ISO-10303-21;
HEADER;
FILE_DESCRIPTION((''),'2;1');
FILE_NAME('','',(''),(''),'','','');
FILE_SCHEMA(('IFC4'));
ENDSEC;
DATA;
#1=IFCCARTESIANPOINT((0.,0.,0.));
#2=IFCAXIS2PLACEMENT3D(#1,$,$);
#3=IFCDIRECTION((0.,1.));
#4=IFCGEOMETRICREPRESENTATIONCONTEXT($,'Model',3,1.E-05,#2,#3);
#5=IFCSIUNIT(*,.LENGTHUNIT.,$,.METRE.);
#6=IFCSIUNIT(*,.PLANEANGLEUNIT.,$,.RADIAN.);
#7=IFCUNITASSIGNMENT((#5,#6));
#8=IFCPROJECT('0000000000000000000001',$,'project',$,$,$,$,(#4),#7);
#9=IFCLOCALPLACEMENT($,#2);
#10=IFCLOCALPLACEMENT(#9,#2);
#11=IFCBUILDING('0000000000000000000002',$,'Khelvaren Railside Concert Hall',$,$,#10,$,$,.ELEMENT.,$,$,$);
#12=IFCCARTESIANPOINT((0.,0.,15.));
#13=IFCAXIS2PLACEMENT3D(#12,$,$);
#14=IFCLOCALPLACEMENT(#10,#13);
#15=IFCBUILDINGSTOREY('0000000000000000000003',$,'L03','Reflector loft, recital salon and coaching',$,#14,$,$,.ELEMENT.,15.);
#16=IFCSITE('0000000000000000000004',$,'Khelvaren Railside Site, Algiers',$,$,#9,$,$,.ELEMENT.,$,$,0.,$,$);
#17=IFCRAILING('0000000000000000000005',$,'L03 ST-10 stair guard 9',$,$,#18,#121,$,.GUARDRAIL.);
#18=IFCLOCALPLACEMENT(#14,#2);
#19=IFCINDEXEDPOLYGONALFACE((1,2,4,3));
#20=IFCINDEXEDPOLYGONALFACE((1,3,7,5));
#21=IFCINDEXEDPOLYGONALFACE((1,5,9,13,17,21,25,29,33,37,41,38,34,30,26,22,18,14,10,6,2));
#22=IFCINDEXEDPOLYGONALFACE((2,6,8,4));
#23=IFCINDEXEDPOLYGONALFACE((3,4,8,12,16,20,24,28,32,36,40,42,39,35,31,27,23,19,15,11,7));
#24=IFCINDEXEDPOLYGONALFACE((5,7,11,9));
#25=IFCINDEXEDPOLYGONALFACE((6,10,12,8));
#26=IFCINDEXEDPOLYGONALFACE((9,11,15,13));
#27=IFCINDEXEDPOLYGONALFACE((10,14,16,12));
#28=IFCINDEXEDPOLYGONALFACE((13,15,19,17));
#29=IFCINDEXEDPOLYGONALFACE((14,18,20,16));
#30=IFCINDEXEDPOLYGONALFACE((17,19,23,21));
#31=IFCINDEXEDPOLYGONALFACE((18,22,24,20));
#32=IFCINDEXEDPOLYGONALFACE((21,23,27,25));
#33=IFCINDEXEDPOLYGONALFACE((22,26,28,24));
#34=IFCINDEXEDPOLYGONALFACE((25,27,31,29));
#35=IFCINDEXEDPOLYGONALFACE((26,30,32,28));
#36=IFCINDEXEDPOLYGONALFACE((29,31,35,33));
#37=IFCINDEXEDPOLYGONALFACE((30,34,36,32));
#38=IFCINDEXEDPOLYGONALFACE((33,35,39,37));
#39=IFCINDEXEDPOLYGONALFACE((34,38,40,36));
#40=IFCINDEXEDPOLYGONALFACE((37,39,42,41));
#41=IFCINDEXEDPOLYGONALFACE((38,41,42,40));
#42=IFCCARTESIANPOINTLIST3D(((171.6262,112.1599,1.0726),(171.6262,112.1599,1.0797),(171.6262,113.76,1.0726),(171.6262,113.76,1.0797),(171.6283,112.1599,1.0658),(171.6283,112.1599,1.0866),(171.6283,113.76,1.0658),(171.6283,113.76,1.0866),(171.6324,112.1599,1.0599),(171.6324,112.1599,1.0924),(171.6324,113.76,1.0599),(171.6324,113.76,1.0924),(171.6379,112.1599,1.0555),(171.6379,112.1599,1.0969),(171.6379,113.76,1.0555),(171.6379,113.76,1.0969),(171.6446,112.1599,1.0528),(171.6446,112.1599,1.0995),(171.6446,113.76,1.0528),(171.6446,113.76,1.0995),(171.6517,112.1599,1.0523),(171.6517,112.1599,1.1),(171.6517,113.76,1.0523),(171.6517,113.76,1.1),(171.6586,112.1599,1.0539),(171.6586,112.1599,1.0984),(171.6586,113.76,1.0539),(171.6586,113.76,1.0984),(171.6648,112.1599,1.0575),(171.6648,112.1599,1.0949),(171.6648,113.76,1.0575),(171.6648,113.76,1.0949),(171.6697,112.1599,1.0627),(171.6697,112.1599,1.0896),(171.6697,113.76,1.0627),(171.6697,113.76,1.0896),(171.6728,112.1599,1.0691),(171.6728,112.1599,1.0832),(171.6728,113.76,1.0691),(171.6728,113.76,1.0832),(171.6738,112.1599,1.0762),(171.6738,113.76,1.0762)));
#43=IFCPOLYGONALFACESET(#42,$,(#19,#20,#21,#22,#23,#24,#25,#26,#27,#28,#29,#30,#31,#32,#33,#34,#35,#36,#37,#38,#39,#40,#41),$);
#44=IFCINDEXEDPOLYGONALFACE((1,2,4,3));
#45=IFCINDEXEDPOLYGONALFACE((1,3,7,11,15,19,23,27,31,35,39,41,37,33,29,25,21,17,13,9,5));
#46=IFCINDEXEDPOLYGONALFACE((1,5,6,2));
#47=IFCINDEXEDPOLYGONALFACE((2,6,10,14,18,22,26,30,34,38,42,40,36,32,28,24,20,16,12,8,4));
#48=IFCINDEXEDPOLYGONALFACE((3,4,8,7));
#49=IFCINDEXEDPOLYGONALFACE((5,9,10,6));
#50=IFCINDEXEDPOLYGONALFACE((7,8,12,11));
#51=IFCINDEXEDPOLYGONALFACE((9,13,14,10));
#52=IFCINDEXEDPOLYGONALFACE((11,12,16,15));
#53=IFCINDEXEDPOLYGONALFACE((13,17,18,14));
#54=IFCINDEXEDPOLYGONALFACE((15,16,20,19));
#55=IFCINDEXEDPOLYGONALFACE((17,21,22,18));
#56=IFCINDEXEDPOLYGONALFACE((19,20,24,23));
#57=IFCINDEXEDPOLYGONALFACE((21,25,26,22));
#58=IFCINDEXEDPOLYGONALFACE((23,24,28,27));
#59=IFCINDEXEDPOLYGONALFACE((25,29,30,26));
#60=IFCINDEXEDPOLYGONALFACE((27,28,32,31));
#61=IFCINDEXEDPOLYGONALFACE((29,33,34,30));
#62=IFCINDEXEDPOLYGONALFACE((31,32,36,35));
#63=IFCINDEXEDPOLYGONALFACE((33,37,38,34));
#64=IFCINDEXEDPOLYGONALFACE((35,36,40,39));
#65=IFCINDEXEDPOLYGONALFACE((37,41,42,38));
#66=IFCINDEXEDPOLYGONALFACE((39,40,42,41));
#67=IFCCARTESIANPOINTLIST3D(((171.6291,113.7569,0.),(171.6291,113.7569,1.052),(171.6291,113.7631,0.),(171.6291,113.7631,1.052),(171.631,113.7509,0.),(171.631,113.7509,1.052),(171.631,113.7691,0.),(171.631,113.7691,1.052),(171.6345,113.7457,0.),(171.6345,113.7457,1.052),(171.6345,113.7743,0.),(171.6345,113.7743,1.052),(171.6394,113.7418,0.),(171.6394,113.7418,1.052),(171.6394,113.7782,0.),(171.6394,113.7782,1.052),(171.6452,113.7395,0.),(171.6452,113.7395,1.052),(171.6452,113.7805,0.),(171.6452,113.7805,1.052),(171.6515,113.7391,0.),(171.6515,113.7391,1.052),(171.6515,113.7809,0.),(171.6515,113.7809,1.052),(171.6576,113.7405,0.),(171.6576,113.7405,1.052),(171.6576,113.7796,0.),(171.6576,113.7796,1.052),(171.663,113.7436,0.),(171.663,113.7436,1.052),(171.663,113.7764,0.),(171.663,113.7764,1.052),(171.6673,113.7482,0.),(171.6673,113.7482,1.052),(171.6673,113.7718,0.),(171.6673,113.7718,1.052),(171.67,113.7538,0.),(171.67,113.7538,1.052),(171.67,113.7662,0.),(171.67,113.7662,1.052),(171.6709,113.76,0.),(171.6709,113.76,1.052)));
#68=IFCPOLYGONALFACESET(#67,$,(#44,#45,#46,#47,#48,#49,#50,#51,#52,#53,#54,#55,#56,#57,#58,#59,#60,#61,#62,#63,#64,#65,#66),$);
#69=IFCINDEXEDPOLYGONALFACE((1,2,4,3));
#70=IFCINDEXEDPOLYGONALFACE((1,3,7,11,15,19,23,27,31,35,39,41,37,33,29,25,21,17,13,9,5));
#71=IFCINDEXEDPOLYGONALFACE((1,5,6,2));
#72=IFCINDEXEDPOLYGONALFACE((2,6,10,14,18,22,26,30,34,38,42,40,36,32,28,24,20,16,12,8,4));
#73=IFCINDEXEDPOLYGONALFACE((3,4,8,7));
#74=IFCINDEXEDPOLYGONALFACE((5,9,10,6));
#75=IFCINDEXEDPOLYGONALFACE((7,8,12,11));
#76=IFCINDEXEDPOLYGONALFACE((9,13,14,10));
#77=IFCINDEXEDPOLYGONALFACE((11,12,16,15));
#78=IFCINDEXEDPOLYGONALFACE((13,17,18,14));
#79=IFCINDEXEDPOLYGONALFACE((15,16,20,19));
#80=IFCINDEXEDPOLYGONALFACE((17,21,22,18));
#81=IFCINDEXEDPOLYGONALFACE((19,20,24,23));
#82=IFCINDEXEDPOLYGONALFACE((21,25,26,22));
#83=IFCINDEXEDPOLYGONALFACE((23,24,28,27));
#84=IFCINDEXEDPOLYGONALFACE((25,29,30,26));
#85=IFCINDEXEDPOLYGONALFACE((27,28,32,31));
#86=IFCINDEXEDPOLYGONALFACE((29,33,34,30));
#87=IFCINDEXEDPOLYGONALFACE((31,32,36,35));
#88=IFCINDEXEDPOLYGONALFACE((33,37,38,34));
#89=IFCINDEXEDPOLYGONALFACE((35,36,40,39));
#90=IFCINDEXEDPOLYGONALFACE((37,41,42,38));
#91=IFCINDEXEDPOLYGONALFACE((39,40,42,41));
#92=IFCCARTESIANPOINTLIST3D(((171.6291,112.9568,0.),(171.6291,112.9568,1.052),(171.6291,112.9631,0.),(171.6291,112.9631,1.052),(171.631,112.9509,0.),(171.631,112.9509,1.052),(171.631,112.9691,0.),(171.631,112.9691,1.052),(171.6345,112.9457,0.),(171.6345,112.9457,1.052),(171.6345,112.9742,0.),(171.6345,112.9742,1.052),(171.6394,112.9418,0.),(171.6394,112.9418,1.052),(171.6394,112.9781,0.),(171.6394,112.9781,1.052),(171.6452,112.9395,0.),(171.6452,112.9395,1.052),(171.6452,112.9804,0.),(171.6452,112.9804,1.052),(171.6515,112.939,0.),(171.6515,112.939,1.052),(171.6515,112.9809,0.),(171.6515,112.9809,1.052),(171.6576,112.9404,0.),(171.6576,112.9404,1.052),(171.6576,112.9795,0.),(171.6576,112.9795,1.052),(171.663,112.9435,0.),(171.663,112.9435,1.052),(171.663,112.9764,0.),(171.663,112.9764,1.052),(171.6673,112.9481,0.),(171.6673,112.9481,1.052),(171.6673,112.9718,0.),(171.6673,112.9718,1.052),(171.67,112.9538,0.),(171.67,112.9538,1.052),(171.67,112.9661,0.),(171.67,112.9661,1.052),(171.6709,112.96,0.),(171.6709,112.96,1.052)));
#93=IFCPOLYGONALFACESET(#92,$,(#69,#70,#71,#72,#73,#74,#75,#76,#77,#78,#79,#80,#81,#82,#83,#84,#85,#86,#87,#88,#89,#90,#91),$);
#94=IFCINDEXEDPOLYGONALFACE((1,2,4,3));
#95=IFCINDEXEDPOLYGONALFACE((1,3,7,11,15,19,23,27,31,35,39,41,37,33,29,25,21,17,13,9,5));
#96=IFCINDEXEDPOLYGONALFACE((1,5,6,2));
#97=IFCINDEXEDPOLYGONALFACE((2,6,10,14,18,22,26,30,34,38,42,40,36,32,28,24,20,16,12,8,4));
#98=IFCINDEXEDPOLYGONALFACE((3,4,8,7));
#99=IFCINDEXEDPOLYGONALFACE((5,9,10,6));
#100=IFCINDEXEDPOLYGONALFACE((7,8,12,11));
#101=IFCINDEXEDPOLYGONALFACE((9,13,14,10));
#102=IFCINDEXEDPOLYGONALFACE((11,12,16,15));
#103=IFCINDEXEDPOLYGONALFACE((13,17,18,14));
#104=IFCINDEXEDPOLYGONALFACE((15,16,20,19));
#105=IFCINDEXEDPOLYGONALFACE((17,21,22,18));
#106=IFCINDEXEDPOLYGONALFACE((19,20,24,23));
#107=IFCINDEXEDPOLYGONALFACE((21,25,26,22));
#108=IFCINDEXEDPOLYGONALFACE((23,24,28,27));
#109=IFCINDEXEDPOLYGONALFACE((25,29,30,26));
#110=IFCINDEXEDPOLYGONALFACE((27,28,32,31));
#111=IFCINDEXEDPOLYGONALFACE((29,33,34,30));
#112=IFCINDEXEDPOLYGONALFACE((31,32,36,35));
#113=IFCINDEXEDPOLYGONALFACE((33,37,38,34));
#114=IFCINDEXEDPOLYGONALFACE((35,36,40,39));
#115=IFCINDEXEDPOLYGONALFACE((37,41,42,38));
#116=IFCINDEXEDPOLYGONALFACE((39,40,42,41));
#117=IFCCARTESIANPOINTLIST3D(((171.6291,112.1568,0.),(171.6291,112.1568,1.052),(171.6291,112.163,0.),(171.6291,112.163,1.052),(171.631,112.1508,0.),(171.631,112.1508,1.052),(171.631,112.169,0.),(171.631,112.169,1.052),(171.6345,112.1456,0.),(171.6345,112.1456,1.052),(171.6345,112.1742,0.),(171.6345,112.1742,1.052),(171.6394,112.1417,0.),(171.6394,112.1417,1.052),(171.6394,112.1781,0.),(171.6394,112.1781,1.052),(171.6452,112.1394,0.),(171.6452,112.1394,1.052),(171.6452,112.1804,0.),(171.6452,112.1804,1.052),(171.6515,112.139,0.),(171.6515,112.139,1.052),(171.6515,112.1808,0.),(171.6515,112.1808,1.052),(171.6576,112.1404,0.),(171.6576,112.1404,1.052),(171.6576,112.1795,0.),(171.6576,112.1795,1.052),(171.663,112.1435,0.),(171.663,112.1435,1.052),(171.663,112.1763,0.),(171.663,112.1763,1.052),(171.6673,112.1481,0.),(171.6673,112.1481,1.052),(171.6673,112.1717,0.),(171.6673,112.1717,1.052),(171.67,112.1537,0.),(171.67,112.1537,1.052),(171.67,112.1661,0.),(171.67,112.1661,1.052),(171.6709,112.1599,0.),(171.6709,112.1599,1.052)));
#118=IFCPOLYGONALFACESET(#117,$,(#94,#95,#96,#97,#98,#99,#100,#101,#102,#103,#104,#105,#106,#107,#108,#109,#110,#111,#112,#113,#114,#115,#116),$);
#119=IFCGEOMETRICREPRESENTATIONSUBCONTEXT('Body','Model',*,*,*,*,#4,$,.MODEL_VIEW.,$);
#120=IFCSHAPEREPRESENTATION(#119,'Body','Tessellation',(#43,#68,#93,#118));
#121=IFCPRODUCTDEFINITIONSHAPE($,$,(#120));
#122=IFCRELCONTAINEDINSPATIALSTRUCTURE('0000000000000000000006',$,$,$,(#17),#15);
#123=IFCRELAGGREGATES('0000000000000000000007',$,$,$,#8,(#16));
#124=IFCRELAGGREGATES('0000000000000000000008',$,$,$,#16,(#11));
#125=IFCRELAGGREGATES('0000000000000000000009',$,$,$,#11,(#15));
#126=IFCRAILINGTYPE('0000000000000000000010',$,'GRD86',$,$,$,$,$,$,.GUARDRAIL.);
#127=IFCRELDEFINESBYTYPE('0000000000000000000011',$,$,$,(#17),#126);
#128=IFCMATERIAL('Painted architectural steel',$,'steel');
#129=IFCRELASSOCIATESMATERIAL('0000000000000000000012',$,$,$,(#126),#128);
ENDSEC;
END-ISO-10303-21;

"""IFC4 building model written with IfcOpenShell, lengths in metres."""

from ifc_helpers import new_model, si_unit, direction, frame, origin, origin_2d, place, context, subcontext, project, spatial, circle, extrude, material, type_object, element, save


model = new_model("IFC4")

# Units and contexts
model_context = context("Model", 3, precision=1e-05, world=origin(), true_north=direction((0.0, 1.0)))
body_context = subcontext(model_context, "Body", "Model", "MODEL_VIEW")
ifc_project = project(units=[si_unit("LENGTHUNIT", "METRE"), si_unit("PLANEANGLEUNIT", "RADIAN")], contexts=[model_context])

# Site, building, storey
site_placement = place(None, origin())
site = spatial("IfcSite", under=ifc_project, at=site_placement, Name="Khelvaren Railside Site, Algiers", CompositionType="ELEMENT", RefElevation=0.0)
building_placement = place(site_placement, origin())
building = spatial("IfcBuilding", under=site, at=building_placement, Name="Khelvaren Railside Concert Hall", CompositionType="ELEMENT")
storey_placement = place(building_placement, frame((0.0, 0.0, 15.0)))
storey = spatial("IfcBuildingStorey", under=building, at=storey_placement, Name="L03", Description="Reflector loft, recital salon and coaching", CompositionType="ELEMENT", Elevation=15.0)

# Railing
ifc_material_1 = material(Name="Painted architectural steel", Category="steel")
railing_type_1 = type_object("IfcRailingType", Name="GRD86", PredefinedType="GUARDRAIL", material=ifc_material_1)
for number, where, name in (
    (1, (171.6499, 113.76, 0.0), "L03 ST-10 stair guard 9"),
):
    element("IfcRailing", number, at=place(storey_placement, frame(where)), inside=storey, type_object=railing_type_1, Name=name, PredefinedType="GUARDRAIL", context=body_context, shape_type="SweptSolid", body=[
        extrude(circle(Radius=0.0239, at=origin_2d()), frame((0.0, 0.0, 1.0762), z_axis=(0.0, -1.0, 0.0), x_axis=(1.0, 0.0, 0.0)), (0.0, 0.0, 1.0), 1.6001),
        extrude(circle(Radius=0.021, at=origin_2d()), origin(), (0.0, 0.0, 1.0), 1.052),
        extrude(circle(Radius=0.021, at=origin_2d()), frame((0.0, -0.8, 0.0)), (0.0, 0.0, 1.0), 1.052),
        extrude(circle(Radius=0.021, at=origin_2d()), frame((0.0, -1.6001, 0.0)), (0.0, 0.0, 1.0), 1.052),
    ])

save(model, "model.ifc")
